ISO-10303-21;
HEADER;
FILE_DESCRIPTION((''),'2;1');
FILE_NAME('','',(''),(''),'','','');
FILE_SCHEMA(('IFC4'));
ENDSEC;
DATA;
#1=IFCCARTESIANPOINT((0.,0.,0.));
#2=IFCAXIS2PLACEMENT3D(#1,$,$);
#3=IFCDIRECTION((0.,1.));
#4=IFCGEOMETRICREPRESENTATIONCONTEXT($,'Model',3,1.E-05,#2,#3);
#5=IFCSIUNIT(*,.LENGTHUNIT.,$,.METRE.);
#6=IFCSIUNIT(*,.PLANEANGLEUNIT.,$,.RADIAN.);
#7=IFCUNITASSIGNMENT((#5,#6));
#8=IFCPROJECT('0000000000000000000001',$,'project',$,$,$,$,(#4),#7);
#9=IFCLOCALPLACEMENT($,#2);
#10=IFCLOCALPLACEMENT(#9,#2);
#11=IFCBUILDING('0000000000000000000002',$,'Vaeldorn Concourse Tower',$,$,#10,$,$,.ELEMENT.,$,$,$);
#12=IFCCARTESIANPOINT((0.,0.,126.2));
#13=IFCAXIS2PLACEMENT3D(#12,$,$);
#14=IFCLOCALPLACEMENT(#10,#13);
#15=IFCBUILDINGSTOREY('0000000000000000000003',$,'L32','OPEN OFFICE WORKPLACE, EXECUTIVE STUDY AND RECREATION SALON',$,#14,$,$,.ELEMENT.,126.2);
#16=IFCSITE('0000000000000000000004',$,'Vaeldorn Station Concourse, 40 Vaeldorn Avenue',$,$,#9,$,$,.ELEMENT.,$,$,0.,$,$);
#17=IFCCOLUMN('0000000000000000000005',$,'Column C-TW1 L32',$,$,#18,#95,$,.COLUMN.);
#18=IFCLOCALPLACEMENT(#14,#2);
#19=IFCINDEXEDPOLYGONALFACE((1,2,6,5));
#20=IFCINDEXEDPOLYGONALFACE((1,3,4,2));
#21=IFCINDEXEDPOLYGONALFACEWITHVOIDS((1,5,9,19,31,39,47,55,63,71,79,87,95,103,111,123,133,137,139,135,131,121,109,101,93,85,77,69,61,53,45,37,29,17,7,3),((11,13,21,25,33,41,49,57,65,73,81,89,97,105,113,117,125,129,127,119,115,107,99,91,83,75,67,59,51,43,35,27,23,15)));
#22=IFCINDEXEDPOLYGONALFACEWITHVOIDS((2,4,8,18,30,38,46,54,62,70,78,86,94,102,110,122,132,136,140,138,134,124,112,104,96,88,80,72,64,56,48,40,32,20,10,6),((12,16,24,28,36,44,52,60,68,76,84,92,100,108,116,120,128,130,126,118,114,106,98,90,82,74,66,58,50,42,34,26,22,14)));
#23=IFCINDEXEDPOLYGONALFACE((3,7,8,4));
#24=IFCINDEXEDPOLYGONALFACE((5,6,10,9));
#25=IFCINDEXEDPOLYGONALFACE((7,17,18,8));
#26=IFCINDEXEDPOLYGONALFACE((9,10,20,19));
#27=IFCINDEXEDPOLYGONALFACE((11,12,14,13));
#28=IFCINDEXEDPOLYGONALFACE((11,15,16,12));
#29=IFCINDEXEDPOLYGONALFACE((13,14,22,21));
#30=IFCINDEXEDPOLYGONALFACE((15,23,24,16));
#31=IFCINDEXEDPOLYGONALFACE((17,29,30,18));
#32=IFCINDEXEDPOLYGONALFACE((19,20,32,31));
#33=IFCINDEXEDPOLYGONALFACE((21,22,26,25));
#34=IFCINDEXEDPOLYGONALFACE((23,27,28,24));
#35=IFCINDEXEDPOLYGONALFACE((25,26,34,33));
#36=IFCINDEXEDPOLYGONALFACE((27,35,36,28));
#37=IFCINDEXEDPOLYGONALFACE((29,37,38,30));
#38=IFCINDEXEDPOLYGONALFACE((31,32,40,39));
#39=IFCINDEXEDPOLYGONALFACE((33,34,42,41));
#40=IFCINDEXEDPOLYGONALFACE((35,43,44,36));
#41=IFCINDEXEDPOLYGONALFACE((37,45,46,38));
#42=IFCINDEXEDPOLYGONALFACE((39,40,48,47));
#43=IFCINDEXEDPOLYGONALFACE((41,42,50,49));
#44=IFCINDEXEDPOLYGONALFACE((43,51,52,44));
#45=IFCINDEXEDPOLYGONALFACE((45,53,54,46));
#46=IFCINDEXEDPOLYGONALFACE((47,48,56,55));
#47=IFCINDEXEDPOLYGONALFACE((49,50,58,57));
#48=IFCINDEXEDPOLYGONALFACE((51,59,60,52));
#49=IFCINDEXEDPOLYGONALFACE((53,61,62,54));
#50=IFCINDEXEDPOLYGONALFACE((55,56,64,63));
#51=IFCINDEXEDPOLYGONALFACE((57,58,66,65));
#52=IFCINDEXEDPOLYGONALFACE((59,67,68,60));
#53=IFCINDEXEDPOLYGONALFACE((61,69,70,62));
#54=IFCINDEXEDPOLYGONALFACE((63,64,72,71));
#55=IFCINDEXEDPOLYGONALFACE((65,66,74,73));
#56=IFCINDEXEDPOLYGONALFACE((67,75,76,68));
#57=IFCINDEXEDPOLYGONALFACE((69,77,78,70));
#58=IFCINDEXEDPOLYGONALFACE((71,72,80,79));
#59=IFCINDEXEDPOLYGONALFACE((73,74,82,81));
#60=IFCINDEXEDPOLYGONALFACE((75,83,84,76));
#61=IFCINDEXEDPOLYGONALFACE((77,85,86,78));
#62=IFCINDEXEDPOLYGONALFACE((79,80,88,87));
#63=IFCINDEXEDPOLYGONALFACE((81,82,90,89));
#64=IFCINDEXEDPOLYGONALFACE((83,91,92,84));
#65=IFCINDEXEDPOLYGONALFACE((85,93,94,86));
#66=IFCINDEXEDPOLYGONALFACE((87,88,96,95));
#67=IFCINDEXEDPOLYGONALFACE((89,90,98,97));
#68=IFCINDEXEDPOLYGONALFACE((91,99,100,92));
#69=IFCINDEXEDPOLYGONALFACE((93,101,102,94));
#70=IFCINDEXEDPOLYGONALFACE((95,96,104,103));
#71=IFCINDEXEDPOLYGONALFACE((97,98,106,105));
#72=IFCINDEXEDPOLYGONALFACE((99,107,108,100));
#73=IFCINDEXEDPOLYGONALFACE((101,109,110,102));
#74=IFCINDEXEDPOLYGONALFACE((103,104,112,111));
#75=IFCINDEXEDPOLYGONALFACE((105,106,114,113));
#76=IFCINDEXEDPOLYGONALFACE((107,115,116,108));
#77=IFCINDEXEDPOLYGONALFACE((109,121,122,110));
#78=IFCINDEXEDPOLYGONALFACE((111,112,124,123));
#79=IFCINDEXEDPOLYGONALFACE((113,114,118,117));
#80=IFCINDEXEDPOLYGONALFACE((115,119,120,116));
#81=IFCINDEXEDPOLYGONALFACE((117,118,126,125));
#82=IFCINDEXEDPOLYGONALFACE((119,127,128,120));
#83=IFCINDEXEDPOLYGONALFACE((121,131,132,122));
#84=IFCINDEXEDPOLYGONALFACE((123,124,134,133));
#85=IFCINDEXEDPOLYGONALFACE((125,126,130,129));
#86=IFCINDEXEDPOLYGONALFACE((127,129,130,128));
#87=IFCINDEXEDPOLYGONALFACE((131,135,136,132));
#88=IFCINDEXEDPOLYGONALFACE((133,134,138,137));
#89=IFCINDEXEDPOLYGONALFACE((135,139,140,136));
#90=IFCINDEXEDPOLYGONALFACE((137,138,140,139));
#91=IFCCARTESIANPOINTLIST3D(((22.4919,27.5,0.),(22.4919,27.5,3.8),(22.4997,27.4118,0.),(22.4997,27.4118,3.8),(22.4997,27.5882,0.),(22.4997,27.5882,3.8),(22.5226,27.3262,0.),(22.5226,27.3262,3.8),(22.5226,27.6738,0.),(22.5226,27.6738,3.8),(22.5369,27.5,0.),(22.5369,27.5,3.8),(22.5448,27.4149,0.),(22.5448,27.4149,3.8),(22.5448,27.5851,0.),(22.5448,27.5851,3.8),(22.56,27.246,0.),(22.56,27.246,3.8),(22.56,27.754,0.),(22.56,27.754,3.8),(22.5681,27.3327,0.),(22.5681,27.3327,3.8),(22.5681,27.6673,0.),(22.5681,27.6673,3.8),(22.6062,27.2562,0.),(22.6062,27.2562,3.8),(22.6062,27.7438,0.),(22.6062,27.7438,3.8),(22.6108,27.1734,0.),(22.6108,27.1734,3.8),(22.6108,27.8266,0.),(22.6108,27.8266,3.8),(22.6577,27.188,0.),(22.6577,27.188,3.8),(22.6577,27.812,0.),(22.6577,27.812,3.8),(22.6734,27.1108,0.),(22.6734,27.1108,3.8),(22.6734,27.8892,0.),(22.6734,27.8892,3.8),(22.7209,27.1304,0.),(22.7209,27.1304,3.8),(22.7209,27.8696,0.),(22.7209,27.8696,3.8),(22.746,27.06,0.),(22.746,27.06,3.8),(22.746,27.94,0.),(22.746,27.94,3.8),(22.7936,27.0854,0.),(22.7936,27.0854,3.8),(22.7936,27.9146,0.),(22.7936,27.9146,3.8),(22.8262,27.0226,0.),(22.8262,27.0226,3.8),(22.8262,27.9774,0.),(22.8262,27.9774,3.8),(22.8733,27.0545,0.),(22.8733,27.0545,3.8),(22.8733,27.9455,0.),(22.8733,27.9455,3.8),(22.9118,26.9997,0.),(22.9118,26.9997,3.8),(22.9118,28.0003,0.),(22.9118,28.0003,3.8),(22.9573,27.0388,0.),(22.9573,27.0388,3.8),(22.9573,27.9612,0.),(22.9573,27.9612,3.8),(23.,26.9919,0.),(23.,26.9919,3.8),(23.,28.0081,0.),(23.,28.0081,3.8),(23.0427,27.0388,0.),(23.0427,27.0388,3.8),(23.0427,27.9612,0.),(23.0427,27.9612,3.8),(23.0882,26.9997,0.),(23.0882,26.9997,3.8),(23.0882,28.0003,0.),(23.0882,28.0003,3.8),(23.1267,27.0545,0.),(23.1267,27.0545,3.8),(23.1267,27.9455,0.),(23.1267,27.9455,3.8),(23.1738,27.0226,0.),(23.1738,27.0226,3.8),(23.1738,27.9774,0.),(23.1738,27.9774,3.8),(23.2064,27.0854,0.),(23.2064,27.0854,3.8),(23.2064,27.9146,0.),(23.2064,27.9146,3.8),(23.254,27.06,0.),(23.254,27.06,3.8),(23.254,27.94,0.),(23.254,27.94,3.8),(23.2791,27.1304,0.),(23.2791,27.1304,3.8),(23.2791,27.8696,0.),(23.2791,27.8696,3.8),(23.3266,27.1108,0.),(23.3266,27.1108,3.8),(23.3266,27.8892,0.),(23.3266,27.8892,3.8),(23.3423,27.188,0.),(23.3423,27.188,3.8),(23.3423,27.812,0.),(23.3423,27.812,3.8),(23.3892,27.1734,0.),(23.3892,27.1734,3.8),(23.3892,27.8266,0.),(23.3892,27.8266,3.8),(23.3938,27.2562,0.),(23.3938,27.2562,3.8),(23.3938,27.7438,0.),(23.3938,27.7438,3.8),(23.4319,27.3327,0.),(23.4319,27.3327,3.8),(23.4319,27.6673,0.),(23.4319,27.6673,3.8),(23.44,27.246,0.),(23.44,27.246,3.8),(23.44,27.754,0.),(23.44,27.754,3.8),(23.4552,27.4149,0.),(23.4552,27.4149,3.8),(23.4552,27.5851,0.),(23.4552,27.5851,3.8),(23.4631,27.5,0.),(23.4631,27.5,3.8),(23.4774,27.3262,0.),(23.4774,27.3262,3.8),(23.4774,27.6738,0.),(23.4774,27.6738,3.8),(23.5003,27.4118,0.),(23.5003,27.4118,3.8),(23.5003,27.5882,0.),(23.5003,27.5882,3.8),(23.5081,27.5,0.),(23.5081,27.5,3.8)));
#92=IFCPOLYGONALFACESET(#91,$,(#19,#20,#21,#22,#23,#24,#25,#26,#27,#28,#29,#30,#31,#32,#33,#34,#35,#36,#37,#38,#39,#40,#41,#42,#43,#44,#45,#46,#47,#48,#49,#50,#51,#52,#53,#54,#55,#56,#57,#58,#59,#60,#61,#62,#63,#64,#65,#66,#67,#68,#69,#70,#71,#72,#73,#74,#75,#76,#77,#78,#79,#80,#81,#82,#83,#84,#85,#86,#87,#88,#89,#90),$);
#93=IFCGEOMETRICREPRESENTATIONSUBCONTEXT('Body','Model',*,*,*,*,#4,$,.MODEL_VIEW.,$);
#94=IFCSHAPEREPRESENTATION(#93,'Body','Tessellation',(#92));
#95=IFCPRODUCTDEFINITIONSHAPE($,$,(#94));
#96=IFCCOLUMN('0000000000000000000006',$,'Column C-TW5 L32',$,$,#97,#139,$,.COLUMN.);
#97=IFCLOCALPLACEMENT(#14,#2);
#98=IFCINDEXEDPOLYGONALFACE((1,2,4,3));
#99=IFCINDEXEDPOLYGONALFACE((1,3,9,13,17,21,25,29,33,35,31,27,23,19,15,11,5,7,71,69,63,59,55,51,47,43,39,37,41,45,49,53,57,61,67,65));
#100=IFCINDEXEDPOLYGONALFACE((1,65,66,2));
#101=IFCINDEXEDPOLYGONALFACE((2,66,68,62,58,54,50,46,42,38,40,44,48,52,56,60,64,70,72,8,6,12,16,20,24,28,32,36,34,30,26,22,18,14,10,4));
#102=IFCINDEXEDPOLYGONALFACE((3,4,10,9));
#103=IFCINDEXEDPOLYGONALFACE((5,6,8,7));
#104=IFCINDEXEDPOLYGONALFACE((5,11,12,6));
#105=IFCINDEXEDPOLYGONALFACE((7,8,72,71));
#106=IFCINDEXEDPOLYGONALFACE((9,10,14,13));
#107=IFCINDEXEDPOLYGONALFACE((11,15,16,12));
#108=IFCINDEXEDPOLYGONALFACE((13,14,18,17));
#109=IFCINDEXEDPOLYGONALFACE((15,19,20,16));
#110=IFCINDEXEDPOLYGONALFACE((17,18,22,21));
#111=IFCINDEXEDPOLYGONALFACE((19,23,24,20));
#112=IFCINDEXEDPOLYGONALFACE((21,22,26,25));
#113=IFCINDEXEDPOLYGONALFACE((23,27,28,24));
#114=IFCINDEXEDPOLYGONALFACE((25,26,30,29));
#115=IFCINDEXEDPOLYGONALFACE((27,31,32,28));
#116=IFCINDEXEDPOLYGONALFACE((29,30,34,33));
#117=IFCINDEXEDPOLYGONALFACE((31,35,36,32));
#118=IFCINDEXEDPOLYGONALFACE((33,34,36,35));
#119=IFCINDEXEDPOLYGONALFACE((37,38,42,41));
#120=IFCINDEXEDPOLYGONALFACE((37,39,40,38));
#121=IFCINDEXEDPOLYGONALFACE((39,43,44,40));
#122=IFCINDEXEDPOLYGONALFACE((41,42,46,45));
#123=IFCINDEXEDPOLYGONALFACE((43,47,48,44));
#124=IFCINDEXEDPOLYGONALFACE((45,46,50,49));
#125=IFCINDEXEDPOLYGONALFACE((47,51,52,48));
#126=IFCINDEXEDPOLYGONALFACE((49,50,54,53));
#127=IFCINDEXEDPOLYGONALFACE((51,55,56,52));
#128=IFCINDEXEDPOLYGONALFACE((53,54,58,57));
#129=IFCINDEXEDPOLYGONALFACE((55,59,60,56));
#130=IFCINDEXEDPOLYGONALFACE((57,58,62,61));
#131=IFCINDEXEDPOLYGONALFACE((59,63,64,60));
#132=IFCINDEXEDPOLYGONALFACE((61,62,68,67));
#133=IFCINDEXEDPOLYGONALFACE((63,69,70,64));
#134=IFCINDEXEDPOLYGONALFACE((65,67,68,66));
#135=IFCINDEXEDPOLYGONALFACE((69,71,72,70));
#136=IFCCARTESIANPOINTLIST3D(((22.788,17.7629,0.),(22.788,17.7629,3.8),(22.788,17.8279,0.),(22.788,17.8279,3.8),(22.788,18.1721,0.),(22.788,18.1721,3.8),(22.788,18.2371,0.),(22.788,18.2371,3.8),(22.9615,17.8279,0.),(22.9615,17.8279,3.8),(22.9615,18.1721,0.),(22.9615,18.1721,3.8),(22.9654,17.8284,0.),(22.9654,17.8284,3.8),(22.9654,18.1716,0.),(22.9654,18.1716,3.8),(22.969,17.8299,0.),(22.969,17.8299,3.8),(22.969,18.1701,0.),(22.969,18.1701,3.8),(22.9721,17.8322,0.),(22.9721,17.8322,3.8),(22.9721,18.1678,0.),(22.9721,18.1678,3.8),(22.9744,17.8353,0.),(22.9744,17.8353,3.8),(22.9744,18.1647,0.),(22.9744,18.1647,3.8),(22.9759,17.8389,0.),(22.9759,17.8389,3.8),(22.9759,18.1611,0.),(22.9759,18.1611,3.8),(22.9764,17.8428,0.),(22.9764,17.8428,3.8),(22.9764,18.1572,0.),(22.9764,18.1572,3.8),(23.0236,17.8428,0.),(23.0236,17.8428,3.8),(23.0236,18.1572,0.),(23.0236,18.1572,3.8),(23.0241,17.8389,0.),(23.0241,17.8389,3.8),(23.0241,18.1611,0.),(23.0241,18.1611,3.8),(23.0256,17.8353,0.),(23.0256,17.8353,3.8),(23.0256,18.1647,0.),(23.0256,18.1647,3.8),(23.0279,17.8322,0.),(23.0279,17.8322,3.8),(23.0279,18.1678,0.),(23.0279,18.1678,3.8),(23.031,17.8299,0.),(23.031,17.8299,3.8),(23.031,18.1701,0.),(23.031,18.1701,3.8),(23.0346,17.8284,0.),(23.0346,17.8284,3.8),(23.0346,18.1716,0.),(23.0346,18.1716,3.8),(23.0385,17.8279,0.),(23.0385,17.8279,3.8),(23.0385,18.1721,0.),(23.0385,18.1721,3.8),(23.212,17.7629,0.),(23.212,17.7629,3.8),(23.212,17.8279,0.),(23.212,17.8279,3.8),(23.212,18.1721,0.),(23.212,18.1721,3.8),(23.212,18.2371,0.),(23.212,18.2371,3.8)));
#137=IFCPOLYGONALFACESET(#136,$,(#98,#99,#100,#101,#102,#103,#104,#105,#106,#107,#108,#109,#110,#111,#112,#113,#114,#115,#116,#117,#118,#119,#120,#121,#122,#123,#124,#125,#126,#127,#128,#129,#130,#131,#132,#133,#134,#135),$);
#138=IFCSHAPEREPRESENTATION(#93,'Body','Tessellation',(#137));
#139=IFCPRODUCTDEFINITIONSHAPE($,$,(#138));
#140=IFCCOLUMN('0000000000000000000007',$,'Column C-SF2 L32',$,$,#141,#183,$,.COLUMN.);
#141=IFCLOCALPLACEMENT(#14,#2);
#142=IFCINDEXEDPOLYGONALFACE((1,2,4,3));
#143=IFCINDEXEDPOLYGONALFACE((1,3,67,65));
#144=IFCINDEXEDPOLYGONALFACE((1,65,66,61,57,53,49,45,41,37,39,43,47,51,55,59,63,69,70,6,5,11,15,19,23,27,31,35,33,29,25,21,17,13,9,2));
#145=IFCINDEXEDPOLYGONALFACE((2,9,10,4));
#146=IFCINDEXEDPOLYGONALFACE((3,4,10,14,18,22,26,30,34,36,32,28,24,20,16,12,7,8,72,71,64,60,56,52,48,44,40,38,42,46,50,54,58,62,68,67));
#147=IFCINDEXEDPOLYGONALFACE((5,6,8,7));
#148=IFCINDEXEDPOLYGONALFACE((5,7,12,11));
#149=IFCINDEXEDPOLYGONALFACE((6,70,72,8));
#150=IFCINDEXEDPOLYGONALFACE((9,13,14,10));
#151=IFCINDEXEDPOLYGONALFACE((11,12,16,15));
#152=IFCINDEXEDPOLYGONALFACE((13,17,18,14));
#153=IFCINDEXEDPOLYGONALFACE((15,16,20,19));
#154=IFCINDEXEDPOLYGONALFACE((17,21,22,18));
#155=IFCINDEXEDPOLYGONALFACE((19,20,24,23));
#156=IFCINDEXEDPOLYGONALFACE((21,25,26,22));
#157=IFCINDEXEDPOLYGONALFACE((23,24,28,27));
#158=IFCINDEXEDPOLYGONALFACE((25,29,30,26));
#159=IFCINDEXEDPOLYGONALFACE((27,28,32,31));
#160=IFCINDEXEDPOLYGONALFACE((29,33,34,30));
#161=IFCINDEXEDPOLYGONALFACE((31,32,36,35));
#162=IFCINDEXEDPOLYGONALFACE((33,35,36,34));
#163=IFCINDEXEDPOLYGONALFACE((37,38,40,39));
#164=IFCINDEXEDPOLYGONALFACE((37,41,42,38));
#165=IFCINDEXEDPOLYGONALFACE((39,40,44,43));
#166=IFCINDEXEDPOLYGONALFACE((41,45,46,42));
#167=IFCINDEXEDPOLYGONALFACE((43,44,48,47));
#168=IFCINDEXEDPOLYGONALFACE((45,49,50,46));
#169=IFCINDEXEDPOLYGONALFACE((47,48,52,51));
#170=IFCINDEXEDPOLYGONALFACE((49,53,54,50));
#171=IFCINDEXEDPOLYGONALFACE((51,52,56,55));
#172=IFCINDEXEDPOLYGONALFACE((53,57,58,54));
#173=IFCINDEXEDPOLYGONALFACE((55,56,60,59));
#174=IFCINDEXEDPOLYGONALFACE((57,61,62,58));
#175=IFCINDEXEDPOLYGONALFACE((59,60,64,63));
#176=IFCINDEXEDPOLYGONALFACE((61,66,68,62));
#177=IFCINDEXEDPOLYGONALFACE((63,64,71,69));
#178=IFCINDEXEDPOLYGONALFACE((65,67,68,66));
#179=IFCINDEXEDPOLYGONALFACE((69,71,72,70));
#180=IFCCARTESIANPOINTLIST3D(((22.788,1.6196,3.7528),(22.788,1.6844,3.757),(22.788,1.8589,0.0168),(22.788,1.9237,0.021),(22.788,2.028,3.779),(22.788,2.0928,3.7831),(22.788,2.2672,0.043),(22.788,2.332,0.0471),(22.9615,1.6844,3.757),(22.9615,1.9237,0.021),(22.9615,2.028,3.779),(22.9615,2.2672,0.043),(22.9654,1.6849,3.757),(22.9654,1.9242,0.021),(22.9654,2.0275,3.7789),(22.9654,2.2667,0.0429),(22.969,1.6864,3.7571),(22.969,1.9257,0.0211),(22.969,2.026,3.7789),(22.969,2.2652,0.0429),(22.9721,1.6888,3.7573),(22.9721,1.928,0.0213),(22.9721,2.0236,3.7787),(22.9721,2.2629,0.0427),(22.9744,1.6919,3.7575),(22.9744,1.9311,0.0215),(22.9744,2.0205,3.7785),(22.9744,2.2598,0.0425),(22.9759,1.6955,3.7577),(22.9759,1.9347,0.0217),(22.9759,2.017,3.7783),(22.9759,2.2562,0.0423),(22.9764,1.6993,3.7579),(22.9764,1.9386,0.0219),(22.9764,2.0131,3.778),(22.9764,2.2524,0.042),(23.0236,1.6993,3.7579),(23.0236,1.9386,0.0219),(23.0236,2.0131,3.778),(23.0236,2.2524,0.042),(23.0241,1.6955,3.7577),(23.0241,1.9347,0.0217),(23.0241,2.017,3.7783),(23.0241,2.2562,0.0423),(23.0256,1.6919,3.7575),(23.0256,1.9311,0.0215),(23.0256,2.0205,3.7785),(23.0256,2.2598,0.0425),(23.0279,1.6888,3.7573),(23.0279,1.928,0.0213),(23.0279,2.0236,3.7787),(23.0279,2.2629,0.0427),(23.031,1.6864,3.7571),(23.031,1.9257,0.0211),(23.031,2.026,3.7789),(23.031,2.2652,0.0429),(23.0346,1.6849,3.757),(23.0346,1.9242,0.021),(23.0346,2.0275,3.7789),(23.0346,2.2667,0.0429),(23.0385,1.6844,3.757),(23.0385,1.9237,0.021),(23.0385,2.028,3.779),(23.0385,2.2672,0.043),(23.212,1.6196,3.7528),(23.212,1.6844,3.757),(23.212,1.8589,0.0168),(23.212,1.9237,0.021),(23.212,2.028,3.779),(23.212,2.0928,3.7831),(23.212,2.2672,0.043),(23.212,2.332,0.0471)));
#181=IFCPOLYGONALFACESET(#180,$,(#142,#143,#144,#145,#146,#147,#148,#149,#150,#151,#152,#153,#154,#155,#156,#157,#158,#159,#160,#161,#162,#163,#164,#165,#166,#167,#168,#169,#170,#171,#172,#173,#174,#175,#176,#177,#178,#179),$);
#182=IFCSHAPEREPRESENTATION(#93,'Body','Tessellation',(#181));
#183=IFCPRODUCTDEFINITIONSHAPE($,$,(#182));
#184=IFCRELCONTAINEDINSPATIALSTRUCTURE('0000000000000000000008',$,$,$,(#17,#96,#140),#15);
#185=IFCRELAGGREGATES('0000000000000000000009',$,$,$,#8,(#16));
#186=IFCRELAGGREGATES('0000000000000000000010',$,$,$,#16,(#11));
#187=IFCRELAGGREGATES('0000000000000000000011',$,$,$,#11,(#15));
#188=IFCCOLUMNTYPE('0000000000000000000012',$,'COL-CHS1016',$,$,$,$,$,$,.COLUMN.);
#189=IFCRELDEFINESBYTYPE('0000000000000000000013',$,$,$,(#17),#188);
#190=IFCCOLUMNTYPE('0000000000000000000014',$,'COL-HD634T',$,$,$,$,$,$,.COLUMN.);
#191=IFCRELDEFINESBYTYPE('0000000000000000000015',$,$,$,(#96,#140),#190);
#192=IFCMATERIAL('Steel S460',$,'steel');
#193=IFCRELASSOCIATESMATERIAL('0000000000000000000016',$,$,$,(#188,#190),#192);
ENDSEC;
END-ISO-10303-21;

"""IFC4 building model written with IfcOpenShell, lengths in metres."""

from ifc_helpers import new_model, si_unit, direction, frame, origin, origin_2d, place, context, subcontext, project, spatial, hollow_circle, i_section, extrude, source, transform, mapped, material, material_profile, profile_set, type_object, element, save


model = new_model("IFC4")

# Units and contexts
model_context = context("Model", 3, precision=1e-05, world=origin(), true_north=direction((0.0, 1.0)))
body_context = subcontext(model_context, "Body", "Model", "MODEL_VIEW")
ifc_project = project(units=[si_unit("LENGTHUNIT", "METRE"), si_unit("PLANEANGLEUNIT", "RADIAN")], contexts=[model_context])

# Site, building, storey
site_placement = place(None, origin())
site = spatial("IfcSite", under=ifc_project, at=site_placement, Name="Vaeldorn Station Concourse, 40 Vaeldorn Avenue", CompositionType="ELEMENT", RefElevation=0.0)
building_placement = place(site_placement, origin())
building = spatial("IfcBuilding", under=site, at=building_placement, Name="Vaeldorn Concourse Tower", CompositionType="ELEMENT")
storey_placement = place(building_placement, frame((0.0, 0.0, 126.2)))
storey = spatial("IfcBuildingStorey", under=building, at=storey_placement, Name="L32", Description="OPEN OFFICE WORKPLACE, EXECUTIVE STUDY AND RECREATION SALON", CompositionType="ELEMENT", Elevation=126.2)

# Columns
ifc_material_1 = material(Name="Steel S460", Category="steel")
ifc_material_profile_1 = material_profile(ifc_material_1, hollow_circle(Radius=0.5081, WallThickness=0.0449, at=origin_2d()), Name="CHS 1016x45")
ifc_profile_set_1 = profile_set([ifc_material_profile_1], Name="Steel S460")
column_type_1 = type_object("IfcColumnType", Name="COL-CHS1016", PredefinedType="COLUMN", material=ifc_profile_set_1)
shared_shape_1 = source(origin(), body_context, "Body", "SweptSolid", [
    extrude(hollow_circle(Radius=0.5081, WallThickness=0.0449, at=origin_2d()), origin(), (0.0, 0.0, 1.0), 3.8),
])
column_1_placement = place(storey_placement, frame((23.0, 27.5, 0.0), z_axis=(0.0, 0.0, 1.0), x_axis=(1.0, 0.0, 0.0)))
element("IfcColumn", 1, at=column_1_placement, inside=storey, type_object=column_type_1, Name="Column C-TW1 L32", PredefinedType="COLUMN", context=body_context, shape_type="MappedRepresentation", body=[
    mapped(shared_shape_1, transform((0.0, 0.0, 0.0), scale=1.0)),
])
ifc_material_profile_2 = material_profile(ifc_material_1, i_section(OverallWidth=0.4241, OverallDepth=0.4741, WebThickness=0.0471, FlangeThickness=0.0649, FilletRadius=0.0149, at=origin_2d()), Name="HD 400x634")
ifc_profile_set_2 = profile_set([ifc_material_profile_2], Name="Steel S460")
column_type_2 = type_object("IfcColumnType", Name="COL-HD634T", PredefinedType="COLUMN", material=ifc_profile_set_2)
shared_shape_2 = source(origin(), body_context, "Body", "SweptSolid", [
    extrude(i_section(OverallWidth=0.4241, OverallDepth=0.4741, WebThickness=0.0471, FlangeThickness=0.0649, FilletRadius=0.0149, at=origin_2d()), origin(), (0.0, 0.0, 1.0), 3.8),
])
column_2_placement = place(storey_placement, frame((23.0, 18.0, 0.0), z_axis=(0.0, 0.0, 1.0), x_axis=(1.0, 0.0, 0.0)))
element("IfcColumn", 2, at=column_2_placement, inside=storey, type_object=column_type_2, Name="Column C-TW5 L32", PredefinedType="COLUMN", context=body_context, shape_type="MappedRepresentation", body=[
    mapped(shared_shape_2, transform((0.0, 0.0, 0.0), scale=1.0)),
])
shared_shape_3 = source(origin(), body_context, "Body", "SweptSolid", [
    extrude(i_section(OverallWidth=0.4241, OverallDepth=0.4741, WebThickness=0.0471, FlangeThickness=0.0649, FilletRadius=0.0149, at=origin_2d()), origin(), (0.0, 0.0, 1.0), 3.7437),
])
for number, where, z_axis, x_axis, name in (
    (3, (23.0, 2.0955, 0.032), (0.0, -0.063909, 0.997956), (1.0, 0.0, 0.0), "Column C-SF2 L32"),
):
    element("IfcColumn", number, at=place(storey_placement, frame(where, z_axis=z_axis, x_axis=x_axis)), inside=storey, type_object=column_type_2, Name=name, PredefinedType="COLUMN", context=body_context, shape_type="MappedRepresentation", body=[
        mapped(shared_shape_3, transform((0.0, 0.0, 0.0), scale=1.0)),
    ])

save(model, "model.ifc")
